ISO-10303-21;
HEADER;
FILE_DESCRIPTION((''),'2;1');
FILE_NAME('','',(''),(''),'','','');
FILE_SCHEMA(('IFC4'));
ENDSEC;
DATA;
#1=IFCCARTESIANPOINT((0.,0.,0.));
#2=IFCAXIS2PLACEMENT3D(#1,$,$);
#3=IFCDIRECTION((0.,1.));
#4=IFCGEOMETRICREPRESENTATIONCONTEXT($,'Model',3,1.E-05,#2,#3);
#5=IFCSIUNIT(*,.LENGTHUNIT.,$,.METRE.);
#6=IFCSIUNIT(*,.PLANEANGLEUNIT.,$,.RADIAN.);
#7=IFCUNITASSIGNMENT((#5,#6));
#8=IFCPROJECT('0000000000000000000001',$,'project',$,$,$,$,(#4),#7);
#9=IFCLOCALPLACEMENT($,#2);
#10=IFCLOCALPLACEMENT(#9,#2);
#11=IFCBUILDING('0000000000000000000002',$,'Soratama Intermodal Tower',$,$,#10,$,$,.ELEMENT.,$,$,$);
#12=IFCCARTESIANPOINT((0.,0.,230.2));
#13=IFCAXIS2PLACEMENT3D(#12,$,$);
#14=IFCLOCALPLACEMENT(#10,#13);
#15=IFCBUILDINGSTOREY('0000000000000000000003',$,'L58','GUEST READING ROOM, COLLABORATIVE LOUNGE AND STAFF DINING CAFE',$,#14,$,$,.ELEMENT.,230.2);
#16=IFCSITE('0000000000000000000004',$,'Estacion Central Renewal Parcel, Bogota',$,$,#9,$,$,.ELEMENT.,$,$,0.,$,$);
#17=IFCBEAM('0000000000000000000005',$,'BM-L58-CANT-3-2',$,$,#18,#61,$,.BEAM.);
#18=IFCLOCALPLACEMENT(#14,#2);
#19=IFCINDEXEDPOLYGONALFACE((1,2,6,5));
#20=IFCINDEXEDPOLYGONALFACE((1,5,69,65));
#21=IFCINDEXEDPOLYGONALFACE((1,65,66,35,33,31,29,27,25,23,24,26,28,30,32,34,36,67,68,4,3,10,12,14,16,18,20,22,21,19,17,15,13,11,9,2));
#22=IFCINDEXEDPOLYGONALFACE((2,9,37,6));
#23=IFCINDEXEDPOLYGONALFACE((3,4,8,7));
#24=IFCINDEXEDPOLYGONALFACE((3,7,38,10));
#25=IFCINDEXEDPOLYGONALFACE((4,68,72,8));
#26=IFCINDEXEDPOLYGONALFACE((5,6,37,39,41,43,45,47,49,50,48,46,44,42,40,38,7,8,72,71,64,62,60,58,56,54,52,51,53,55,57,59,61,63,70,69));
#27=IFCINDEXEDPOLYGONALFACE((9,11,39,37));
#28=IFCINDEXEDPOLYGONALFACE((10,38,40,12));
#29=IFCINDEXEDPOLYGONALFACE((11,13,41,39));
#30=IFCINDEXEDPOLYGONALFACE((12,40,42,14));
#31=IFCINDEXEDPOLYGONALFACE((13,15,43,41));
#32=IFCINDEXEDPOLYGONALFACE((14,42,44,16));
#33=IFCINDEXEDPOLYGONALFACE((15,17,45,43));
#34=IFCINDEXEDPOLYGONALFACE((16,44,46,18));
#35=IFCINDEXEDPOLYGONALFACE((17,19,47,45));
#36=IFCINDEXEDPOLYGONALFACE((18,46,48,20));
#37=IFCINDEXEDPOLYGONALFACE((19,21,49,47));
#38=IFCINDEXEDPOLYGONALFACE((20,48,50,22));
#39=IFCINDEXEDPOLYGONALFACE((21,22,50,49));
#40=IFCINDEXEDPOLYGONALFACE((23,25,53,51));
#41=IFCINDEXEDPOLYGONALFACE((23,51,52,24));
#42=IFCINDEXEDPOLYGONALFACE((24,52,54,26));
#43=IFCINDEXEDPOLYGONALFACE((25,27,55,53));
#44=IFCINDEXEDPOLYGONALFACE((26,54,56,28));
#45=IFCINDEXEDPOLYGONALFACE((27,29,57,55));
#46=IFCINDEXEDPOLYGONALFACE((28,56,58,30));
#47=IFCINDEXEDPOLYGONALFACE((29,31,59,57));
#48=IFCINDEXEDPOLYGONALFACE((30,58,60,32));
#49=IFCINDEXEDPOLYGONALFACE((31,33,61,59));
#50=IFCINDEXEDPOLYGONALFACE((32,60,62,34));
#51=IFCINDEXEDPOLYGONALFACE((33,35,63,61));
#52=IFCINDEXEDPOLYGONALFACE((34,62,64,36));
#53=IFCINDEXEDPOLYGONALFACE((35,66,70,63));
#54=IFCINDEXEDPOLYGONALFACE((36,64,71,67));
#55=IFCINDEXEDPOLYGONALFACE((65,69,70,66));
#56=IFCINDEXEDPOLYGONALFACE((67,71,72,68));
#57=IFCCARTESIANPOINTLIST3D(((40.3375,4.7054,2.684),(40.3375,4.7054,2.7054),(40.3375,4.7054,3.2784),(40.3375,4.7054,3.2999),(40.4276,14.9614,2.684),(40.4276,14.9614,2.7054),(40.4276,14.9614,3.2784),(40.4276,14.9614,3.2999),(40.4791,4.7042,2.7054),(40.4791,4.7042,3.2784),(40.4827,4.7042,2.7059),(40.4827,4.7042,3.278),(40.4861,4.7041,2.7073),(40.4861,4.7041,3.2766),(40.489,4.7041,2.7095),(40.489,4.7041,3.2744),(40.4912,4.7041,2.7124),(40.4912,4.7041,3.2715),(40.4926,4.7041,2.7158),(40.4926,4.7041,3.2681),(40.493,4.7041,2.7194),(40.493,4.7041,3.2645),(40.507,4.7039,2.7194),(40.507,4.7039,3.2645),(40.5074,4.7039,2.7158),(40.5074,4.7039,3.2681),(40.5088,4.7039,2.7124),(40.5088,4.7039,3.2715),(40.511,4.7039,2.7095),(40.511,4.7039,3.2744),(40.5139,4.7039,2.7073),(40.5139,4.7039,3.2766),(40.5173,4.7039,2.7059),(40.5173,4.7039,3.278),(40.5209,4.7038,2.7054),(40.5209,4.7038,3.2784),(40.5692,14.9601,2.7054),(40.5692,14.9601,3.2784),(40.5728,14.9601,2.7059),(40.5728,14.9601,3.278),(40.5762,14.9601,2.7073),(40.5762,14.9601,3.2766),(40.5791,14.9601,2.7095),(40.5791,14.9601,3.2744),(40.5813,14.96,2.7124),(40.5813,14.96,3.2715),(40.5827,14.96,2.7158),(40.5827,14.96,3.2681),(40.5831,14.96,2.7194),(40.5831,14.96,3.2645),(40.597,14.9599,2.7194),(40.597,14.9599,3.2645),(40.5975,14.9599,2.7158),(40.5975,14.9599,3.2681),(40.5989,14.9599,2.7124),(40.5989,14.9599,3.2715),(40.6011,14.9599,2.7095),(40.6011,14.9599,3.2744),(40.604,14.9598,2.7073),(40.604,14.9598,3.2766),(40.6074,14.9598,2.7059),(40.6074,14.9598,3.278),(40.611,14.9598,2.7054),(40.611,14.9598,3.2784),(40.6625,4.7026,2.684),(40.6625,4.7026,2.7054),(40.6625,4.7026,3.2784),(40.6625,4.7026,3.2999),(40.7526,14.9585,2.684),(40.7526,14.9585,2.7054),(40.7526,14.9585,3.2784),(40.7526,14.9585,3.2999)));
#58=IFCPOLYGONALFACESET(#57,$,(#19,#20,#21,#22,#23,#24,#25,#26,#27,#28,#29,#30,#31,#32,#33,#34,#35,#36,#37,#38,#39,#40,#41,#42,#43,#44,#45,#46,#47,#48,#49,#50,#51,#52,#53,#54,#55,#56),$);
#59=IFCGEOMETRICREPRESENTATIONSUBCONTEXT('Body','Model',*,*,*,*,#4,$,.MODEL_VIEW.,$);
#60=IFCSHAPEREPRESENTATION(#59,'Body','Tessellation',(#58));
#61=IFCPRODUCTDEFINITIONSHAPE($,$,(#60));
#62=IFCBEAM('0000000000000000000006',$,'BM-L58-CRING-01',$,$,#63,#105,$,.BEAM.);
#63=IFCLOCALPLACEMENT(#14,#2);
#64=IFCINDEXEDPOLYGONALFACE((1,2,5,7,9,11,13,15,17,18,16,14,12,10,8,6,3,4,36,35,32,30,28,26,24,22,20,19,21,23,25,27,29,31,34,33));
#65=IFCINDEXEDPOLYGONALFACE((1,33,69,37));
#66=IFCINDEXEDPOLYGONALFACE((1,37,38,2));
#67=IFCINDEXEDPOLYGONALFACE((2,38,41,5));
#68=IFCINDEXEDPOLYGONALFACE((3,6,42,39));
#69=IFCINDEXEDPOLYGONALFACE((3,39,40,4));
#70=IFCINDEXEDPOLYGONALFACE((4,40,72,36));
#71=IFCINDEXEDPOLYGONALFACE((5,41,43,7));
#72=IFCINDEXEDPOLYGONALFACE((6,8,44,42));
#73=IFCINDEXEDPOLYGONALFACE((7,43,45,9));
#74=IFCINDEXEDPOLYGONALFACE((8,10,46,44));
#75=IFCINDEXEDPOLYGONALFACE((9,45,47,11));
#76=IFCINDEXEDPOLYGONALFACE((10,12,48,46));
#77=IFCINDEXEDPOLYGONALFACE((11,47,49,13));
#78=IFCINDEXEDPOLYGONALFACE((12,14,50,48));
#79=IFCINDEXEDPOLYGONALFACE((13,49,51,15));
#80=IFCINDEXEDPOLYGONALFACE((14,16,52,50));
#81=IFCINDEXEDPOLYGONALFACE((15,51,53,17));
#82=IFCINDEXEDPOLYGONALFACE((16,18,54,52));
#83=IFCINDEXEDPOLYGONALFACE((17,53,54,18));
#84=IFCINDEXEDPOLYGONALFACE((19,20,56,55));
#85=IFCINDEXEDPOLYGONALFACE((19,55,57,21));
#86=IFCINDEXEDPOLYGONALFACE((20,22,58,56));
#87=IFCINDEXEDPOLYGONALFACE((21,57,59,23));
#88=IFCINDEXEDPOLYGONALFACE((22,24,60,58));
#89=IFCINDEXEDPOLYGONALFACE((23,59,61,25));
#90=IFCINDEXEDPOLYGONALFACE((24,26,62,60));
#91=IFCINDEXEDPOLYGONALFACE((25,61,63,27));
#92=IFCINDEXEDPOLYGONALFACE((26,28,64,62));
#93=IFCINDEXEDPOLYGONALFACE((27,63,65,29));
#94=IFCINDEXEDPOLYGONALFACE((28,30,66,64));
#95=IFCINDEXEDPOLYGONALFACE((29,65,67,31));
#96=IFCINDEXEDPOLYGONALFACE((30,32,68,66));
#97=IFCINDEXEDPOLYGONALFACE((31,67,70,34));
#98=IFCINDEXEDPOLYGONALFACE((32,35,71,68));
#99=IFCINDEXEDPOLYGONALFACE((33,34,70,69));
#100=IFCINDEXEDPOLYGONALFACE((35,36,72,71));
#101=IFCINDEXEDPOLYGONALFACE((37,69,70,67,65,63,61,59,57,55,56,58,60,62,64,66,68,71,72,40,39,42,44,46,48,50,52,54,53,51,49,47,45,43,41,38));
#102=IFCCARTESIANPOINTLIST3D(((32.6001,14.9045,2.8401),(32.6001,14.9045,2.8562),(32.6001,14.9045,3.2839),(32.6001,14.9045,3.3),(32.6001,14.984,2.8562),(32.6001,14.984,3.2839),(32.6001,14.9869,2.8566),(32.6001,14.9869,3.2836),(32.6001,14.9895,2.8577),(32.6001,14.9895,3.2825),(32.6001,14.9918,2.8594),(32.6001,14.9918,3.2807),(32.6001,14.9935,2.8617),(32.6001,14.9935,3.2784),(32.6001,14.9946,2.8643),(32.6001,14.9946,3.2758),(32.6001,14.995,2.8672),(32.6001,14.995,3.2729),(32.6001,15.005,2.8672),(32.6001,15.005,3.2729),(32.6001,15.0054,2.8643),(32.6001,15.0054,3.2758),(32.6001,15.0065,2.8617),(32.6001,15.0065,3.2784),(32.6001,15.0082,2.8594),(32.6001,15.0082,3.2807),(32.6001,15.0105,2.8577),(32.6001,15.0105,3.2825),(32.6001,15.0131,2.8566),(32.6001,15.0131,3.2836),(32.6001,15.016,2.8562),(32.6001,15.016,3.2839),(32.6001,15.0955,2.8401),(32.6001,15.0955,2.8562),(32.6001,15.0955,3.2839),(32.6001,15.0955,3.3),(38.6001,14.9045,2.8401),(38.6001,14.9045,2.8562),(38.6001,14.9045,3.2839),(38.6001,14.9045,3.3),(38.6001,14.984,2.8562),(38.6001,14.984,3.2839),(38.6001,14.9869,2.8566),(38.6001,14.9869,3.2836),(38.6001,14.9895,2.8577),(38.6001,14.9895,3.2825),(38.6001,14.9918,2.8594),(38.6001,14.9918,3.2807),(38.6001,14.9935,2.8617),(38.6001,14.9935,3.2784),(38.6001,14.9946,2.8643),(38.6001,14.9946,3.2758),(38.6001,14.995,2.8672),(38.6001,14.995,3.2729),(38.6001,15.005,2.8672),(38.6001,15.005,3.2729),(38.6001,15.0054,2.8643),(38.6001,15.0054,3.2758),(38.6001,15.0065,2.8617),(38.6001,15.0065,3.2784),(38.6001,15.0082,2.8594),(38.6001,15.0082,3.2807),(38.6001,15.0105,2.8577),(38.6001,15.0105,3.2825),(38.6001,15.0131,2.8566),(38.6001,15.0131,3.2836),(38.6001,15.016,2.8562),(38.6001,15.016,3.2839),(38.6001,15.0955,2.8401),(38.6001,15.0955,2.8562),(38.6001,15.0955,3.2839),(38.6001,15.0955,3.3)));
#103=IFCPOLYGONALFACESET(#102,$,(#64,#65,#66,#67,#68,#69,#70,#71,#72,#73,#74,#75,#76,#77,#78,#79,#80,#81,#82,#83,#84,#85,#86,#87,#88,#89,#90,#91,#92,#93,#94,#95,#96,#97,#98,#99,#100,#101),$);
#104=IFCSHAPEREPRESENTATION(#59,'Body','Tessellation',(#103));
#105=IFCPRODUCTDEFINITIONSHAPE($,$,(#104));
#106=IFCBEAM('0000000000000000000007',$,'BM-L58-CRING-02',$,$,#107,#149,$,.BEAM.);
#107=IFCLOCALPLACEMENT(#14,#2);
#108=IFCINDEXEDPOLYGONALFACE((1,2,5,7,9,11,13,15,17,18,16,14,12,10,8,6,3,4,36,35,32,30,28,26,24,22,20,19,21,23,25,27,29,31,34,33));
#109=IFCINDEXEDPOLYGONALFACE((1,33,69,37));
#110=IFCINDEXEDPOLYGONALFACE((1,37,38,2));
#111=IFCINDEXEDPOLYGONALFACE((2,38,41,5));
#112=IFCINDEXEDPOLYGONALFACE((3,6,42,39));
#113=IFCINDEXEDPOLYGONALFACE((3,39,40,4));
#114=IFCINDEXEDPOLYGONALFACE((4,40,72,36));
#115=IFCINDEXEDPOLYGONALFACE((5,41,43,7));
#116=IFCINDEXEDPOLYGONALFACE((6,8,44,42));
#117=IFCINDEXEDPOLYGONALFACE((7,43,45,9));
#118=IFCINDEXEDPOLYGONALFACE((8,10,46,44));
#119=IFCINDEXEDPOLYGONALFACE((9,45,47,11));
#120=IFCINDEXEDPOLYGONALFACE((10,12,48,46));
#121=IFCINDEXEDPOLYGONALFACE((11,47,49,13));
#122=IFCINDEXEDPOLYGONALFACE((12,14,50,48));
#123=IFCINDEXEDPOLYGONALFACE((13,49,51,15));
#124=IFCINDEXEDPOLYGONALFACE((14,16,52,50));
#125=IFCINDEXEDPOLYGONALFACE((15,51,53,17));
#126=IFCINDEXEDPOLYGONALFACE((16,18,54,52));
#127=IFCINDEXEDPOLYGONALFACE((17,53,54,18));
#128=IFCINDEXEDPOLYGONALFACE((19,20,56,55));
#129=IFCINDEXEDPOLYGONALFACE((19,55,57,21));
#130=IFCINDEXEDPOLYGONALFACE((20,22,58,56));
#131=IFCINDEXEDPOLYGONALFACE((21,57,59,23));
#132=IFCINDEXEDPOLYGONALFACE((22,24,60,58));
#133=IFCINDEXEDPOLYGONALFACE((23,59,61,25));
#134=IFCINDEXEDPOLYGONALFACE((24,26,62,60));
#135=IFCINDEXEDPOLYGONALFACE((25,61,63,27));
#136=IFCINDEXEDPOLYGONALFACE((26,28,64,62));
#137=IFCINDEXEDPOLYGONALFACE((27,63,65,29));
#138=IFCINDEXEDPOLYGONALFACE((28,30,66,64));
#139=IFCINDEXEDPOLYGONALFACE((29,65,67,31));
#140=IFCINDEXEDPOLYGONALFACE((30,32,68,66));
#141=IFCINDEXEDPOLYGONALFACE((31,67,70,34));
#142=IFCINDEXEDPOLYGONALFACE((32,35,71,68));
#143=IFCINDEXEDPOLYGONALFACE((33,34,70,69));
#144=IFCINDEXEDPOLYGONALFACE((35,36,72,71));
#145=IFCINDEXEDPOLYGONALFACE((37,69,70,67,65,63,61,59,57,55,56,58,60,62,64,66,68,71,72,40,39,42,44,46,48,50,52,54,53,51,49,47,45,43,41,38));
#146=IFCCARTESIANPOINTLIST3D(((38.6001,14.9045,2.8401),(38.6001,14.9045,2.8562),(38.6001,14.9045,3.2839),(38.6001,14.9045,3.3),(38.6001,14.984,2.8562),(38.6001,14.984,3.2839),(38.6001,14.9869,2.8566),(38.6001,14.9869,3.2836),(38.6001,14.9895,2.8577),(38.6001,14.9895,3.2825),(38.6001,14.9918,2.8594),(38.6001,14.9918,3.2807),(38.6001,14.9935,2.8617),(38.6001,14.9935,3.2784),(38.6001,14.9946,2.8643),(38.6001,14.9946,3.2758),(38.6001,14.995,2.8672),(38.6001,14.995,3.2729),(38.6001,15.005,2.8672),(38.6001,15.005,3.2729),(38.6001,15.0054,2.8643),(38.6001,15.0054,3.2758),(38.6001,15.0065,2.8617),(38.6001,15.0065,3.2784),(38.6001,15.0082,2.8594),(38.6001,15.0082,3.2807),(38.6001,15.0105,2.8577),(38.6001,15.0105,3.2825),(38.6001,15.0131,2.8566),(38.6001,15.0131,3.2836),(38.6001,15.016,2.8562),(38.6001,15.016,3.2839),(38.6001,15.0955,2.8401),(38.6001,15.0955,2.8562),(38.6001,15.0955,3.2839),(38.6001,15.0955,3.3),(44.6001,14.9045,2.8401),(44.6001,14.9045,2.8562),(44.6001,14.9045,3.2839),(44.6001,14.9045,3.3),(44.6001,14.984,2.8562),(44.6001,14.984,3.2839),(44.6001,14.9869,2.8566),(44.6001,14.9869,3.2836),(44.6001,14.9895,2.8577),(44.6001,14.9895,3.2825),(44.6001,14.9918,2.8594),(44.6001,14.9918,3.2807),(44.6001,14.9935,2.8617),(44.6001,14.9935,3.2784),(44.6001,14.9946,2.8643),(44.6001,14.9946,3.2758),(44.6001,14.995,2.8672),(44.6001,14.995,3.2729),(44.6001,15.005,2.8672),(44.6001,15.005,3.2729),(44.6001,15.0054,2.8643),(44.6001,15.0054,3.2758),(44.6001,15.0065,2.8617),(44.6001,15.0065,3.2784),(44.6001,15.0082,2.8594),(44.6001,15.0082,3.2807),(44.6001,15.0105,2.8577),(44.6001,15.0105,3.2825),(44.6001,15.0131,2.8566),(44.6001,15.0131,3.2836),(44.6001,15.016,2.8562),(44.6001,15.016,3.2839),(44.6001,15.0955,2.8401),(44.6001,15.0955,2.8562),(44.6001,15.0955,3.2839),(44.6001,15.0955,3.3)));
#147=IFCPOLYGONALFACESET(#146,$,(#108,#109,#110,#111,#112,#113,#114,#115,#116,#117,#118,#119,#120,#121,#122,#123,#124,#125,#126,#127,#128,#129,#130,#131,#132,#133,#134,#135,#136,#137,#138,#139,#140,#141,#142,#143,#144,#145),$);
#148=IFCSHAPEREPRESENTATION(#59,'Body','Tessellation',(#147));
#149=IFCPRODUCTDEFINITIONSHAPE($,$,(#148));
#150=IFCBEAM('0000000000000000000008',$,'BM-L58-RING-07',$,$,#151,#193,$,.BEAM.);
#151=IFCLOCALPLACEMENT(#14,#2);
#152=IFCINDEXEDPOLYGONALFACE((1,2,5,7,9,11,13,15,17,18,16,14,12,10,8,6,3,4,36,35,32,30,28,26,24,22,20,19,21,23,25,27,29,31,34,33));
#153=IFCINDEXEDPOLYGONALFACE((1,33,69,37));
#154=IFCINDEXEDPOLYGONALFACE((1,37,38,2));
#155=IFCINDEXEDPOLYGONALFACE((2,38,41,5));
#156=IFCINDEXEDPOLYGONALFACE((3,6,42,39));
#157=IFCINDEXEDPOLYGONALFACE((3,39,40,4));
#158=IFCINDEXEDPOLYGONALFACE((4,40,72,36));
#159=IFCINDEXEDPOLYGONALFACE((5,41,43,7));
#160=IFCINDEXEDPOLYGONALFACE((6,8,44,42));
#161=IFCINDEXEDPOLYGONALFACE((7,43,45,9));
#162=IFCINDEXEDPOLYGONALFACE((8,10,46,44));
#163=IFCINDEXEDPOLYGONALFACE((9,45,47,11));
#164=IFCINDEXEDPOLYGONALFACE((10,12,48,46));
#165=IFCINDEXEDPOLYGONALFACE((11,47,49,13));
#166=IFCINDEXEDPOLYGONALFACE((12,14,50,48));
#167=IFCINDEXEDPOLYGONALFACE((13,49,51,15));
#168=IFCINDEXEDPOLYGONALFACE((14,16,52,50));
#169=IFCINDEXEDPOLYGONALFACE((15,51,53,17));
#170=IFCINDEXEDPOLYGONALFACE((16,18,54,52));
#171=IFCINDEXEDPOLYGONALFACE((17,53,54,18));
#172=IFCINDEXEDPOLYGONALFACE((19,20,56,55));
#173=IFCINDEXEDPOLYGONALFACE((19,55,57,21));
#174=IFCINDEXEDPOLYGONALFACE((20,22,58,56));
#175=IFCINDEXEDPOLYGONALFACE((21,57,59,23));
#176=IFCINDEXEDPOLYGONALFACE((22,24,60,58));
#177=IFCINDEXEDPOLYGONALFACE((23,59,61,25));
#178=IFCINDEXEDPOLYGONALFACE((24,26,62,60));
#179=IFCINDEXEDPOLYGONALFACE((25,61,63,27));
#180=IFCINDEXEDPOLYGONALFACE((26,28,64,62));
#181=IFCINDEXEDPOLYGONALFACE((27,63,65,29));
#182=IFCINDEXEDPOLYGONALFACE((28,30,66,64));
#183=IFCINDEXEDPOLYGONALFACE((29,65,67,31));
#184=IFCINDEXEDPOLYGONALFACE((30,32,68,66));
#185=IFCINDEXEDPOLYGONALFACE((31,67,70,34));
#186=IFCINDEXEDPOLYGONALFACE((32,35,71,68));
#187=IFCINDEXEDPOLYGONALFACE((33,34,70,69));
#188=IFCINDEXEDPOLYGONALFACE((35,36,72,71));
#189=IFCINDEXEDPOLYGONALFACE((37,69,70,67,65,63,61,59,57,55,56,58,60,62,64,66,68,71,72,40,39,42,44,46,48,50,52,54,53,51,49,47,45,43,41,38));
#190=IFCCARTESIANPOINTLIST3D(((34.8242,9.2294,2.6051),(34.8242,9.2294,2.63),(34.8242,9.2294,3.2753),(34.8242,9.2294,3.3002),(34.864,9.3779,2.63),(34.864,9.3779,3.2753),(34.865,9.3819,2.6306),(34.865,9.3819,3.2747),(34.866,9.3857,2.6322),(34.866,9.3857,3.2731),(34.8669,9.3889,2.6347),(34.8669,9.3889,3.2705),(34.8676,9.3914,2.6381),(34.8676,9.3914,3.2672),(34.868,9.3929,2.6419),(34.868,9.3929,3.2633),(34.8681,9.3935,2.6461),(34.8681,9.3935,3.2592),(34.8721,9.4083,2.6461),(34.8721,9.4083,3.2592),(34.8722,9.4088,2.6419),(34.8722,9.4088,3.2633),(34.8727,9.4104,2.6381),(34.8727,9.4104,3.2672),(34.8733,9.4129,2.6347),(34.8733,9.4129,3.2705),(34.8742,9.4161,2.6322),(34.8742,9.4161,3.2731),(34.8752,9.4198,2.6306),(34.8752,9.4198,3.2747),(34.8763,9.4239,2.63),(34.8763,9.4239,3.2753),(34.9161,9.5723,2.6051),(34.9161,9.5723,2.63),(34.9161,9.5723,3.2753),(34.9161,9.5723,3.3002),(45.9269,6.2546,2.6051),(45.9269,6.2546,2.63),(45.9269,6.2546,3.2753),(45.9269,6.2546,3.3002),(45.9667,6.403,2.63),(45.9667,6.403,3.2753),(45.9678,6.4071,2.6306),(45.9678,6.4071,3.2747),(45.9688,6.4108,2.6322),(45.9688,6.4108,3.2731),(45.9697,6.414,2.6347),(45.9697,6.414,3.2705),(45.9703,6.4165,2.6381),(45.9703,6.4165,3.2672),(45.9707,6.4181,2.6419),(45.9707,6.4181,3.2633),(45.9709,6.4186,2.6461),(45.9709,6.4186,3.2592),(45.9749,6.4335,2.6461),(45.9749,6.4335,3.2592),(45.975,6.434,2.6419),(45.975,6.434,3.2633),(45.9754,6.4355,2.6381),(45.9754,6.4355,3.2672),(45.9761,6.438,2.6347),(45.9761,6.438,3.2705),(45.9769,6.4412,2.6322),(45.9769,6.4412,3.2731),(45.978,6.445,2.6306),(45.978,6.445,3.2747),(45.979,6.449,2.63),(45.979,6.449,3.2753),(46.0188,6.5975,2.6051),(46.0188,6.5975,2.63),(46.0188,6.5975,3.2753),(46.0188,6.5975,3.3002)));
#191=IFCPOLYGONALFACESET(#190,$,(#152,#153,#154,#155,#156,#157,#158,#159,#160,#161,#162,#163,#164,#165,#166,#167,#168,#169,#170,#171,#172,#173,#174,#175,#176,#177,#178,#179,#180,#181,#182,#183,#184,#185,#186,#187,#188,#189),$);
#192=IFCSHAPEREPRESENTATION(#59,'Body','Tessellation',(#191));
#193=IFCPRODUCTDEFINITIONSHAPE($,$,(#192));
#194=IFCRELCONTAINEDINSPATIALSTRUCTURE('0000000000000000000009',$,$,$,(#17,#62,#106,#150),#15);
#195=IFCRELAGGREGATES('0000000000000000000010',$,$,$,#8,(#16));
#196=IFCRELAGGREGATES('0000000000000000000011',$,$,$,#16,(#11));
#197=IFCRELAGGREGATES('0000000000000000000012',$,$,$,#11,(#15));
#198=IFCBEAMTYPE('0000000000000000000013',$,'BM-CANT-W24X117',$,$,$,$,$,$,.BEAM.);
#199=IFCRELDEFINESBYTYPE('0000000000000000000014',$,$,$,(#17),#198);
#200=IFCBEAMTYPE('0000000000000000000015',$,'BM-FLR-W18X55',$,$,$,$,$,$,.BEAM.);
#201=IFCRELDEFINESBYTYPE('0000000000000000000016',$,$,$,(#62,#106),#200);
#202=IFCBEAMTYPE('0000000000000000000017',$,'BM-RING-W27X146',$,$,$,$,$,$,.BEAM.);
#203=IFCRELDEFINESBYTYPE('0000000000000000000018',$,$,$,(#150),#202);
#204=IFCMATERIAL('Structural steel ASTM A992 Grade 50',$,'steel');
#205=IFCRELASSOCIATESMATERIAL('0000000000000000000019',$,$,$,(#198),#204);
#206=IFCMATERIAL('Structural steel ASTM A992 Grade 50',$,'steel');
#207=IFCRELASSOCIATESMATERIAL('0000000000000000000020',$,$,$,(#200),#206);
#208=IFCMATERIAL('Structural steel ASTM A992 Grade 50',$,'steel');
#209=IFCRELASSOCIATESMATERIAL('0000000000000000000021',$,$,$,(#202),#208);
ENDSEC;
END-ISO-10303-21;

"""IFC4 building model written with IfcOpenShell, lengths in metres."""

from ifc_helpers import new_model, si_unit, direction, frame, origin, origin_2d, place, context, subcontext, project, spatial, i_section, extrude, material, material_profile, profile_set, type_object, element, save


model = new_model("IFC4")

# Units and contexts
model_context = context("Model", 3, precision=1e-05, world=origin(), true_north=direction((0.0, 1.0)))
body_context = subcontext(model_context, "Body", "Model", "MODEL_VIEW")
ifc_project = project(units=[si_unit("LENGTHUNIT", "METRE"), si_unit("PLANEANGLEUNIT", "RADIAN")], contexts=[model_context])

# Site, building, storey
site_placement = place(None, origin())
site = spatial("IfcSite", under=ifc_project, at=site_placement, Name="Estacion Central Renewal Parcel, Bogota", CompositionType="ELEMENT", RefElevation=0.0)
building_placement = place(site_placement, origin())
building = spatial("IfcBuilding", under=site, at=building_placement, Name="Soratama Intermodal Tower", CompositionType="ELEMENT")
storey_placement = place(building_placement, frame((0.0, 0.0, 230.2)))
storey = spatial("IfcBuildingStorey", under=building, at=storey_placement, Name="L58", Description="GUEST READING ROOM, COLLABORATIVE LOUNGE AND STAFF DINING CAFE", CompositionType="ELEMENT", Elevation=230.2)

# Beams
ifc_material_1 = material(Name="Structural steel ASTM A992 Grade 50", Category="steel")
ifc_material_profile_1 = material_profile(ifc_material_1, i_section(OverallWidth=0.325, OverallDepth=0.616, WebThickness=0.0139, FlangeThickness=0.0215, FilletRadius=0.0139, at=origin_2d()), Name="W24X117")
ifc_profile_set_1 = profile_set([ifc_material_profile_1], Name="Structural steel ASTM A992 Grade 50")
beam_type_1 = type_object("IfcBeamType", Name="BM-CANT-W24X117", PredefinedType="BEAM", material=ifc_profile_set_1)
beam_1_placement = place(storey_placement, frame((40.5901, 14.96, 2.9919), z_axis=(-0.008784, -0.999961, 0.0), x_axis=(0.999961, -0.008784, 0.0)))
element("IfcBeam", 1, at=beam_1_placement, inside=storey, type_object=beam_type_1, Name="BM-L58-CANT-3-2", PredefinedType="BEAM", context=body_context, shape_type="SweptSolid", body=[
    extrude(i_section(OverallWidth=0.325, OverallDepth=0.616, WebThickness=0.0139, FlangeThickness=0.0215, FilletRadius=0.0139, at=origin_2d()), origin(), (0.0, 0.0, 1.0), 10.2563),
])
ifc_material_2 = material(Name="Structural steel ASTM A992 Grade 50", Category="steel")
ifc_material_profile_2 = material_profile(ifc_material_2, i_section(OverallWidth=0.1909, OverallDepth=0.46, WebThickness=0.01, FlangeThickness=0.0161, FilletRadius=0.011, at=origin_2d()), Name="W18X55")
ifc_profile_set_2 = profile_set([ifc_material_profile_2], Name="Structural steel ASTM A992 Grade 50")
beam_type_2 = type_object("IfcBeamType", Name="BM-FLR-W18X55", PredefinedType="BEAM", material=ifc_profile_set_2)
for number, where, z_axis, x_axis, name in (
    (2, (32.6001, 15.0, 3.0701), (1.0, 0.0, 0.0), (0.0, 1.0, 0.0), "BM-L58-CRING-01"),
    (3, (38.6001, 15.0, 3.0701), (1.0, 0.0, 0.0), (0.0, 1.0, 0.0), "BM-L58-CRING-02"),
):
    element("IfcBeam", number, at=place(storey_placement, frame(where, z_axis=z_axis, x_axis=x_axis)), inside=storey, type_object=beam_type_2, Name=name, PredefinedType="BEAM", context=body_context, shape_type="SweptSolid", body=[
        extrude(i_section(OverallWidth=0.1909, OverallDepth=0.46, WebThickness=0.01, FlangeThickness=0.0161, FilletRadius=0.011, at=origin_2d()), origin(), (0.0, 0.0, 1.0), 6.0),
    ])
ifc_material_3 = material(Name="Structural steel ASTM A992 Grade 50", Category="steel")
ifc_material_profile_3 = material_profile(ifc_material_3, i_section(OverallWidth=0.355, OverallDepth=0.6951, WebThickness=0.0154, FlangeThickness=0.0249, FilletRadius=0.0161, at=origin_2d()), Name="W27X146")
ifc_profile_set_3 = profile_set([ifc_material_profile_3], Name="Structural steel ASTM A992 Grade 50")
beam_type_3 = type_object("IfcBeamType", Name="BM-RING-W27X146", PredefinedType="BEAM", material=ifc_profile_set_3)
beam_2_placement = place(storey_placement, frame((34.8701, 9.4009, 2.9526), z_axis=(0.965929, -0.258809, 0.0), x_axis=(0.258809, 0.965929, 0.0)))
element("IfcBeam", 4, at=beam_2_placement, inside=storey, type_object=beam_type_3, Name="BM-L58-RING-07", PredefinedType="BEAM", context=body_context, shape_type="SweptSolid", body=[
    extrude(i_section(OverallWidth=0.355, OverallDepth=0.6951, WebThickness=0.0154, FlangeThickness=0.0249, FilletRadius=0.0161, at=origin_2d()), origin(), (0.0, 0.0, 1.0), 11.4944),
])

save(model, "model.ifc")
